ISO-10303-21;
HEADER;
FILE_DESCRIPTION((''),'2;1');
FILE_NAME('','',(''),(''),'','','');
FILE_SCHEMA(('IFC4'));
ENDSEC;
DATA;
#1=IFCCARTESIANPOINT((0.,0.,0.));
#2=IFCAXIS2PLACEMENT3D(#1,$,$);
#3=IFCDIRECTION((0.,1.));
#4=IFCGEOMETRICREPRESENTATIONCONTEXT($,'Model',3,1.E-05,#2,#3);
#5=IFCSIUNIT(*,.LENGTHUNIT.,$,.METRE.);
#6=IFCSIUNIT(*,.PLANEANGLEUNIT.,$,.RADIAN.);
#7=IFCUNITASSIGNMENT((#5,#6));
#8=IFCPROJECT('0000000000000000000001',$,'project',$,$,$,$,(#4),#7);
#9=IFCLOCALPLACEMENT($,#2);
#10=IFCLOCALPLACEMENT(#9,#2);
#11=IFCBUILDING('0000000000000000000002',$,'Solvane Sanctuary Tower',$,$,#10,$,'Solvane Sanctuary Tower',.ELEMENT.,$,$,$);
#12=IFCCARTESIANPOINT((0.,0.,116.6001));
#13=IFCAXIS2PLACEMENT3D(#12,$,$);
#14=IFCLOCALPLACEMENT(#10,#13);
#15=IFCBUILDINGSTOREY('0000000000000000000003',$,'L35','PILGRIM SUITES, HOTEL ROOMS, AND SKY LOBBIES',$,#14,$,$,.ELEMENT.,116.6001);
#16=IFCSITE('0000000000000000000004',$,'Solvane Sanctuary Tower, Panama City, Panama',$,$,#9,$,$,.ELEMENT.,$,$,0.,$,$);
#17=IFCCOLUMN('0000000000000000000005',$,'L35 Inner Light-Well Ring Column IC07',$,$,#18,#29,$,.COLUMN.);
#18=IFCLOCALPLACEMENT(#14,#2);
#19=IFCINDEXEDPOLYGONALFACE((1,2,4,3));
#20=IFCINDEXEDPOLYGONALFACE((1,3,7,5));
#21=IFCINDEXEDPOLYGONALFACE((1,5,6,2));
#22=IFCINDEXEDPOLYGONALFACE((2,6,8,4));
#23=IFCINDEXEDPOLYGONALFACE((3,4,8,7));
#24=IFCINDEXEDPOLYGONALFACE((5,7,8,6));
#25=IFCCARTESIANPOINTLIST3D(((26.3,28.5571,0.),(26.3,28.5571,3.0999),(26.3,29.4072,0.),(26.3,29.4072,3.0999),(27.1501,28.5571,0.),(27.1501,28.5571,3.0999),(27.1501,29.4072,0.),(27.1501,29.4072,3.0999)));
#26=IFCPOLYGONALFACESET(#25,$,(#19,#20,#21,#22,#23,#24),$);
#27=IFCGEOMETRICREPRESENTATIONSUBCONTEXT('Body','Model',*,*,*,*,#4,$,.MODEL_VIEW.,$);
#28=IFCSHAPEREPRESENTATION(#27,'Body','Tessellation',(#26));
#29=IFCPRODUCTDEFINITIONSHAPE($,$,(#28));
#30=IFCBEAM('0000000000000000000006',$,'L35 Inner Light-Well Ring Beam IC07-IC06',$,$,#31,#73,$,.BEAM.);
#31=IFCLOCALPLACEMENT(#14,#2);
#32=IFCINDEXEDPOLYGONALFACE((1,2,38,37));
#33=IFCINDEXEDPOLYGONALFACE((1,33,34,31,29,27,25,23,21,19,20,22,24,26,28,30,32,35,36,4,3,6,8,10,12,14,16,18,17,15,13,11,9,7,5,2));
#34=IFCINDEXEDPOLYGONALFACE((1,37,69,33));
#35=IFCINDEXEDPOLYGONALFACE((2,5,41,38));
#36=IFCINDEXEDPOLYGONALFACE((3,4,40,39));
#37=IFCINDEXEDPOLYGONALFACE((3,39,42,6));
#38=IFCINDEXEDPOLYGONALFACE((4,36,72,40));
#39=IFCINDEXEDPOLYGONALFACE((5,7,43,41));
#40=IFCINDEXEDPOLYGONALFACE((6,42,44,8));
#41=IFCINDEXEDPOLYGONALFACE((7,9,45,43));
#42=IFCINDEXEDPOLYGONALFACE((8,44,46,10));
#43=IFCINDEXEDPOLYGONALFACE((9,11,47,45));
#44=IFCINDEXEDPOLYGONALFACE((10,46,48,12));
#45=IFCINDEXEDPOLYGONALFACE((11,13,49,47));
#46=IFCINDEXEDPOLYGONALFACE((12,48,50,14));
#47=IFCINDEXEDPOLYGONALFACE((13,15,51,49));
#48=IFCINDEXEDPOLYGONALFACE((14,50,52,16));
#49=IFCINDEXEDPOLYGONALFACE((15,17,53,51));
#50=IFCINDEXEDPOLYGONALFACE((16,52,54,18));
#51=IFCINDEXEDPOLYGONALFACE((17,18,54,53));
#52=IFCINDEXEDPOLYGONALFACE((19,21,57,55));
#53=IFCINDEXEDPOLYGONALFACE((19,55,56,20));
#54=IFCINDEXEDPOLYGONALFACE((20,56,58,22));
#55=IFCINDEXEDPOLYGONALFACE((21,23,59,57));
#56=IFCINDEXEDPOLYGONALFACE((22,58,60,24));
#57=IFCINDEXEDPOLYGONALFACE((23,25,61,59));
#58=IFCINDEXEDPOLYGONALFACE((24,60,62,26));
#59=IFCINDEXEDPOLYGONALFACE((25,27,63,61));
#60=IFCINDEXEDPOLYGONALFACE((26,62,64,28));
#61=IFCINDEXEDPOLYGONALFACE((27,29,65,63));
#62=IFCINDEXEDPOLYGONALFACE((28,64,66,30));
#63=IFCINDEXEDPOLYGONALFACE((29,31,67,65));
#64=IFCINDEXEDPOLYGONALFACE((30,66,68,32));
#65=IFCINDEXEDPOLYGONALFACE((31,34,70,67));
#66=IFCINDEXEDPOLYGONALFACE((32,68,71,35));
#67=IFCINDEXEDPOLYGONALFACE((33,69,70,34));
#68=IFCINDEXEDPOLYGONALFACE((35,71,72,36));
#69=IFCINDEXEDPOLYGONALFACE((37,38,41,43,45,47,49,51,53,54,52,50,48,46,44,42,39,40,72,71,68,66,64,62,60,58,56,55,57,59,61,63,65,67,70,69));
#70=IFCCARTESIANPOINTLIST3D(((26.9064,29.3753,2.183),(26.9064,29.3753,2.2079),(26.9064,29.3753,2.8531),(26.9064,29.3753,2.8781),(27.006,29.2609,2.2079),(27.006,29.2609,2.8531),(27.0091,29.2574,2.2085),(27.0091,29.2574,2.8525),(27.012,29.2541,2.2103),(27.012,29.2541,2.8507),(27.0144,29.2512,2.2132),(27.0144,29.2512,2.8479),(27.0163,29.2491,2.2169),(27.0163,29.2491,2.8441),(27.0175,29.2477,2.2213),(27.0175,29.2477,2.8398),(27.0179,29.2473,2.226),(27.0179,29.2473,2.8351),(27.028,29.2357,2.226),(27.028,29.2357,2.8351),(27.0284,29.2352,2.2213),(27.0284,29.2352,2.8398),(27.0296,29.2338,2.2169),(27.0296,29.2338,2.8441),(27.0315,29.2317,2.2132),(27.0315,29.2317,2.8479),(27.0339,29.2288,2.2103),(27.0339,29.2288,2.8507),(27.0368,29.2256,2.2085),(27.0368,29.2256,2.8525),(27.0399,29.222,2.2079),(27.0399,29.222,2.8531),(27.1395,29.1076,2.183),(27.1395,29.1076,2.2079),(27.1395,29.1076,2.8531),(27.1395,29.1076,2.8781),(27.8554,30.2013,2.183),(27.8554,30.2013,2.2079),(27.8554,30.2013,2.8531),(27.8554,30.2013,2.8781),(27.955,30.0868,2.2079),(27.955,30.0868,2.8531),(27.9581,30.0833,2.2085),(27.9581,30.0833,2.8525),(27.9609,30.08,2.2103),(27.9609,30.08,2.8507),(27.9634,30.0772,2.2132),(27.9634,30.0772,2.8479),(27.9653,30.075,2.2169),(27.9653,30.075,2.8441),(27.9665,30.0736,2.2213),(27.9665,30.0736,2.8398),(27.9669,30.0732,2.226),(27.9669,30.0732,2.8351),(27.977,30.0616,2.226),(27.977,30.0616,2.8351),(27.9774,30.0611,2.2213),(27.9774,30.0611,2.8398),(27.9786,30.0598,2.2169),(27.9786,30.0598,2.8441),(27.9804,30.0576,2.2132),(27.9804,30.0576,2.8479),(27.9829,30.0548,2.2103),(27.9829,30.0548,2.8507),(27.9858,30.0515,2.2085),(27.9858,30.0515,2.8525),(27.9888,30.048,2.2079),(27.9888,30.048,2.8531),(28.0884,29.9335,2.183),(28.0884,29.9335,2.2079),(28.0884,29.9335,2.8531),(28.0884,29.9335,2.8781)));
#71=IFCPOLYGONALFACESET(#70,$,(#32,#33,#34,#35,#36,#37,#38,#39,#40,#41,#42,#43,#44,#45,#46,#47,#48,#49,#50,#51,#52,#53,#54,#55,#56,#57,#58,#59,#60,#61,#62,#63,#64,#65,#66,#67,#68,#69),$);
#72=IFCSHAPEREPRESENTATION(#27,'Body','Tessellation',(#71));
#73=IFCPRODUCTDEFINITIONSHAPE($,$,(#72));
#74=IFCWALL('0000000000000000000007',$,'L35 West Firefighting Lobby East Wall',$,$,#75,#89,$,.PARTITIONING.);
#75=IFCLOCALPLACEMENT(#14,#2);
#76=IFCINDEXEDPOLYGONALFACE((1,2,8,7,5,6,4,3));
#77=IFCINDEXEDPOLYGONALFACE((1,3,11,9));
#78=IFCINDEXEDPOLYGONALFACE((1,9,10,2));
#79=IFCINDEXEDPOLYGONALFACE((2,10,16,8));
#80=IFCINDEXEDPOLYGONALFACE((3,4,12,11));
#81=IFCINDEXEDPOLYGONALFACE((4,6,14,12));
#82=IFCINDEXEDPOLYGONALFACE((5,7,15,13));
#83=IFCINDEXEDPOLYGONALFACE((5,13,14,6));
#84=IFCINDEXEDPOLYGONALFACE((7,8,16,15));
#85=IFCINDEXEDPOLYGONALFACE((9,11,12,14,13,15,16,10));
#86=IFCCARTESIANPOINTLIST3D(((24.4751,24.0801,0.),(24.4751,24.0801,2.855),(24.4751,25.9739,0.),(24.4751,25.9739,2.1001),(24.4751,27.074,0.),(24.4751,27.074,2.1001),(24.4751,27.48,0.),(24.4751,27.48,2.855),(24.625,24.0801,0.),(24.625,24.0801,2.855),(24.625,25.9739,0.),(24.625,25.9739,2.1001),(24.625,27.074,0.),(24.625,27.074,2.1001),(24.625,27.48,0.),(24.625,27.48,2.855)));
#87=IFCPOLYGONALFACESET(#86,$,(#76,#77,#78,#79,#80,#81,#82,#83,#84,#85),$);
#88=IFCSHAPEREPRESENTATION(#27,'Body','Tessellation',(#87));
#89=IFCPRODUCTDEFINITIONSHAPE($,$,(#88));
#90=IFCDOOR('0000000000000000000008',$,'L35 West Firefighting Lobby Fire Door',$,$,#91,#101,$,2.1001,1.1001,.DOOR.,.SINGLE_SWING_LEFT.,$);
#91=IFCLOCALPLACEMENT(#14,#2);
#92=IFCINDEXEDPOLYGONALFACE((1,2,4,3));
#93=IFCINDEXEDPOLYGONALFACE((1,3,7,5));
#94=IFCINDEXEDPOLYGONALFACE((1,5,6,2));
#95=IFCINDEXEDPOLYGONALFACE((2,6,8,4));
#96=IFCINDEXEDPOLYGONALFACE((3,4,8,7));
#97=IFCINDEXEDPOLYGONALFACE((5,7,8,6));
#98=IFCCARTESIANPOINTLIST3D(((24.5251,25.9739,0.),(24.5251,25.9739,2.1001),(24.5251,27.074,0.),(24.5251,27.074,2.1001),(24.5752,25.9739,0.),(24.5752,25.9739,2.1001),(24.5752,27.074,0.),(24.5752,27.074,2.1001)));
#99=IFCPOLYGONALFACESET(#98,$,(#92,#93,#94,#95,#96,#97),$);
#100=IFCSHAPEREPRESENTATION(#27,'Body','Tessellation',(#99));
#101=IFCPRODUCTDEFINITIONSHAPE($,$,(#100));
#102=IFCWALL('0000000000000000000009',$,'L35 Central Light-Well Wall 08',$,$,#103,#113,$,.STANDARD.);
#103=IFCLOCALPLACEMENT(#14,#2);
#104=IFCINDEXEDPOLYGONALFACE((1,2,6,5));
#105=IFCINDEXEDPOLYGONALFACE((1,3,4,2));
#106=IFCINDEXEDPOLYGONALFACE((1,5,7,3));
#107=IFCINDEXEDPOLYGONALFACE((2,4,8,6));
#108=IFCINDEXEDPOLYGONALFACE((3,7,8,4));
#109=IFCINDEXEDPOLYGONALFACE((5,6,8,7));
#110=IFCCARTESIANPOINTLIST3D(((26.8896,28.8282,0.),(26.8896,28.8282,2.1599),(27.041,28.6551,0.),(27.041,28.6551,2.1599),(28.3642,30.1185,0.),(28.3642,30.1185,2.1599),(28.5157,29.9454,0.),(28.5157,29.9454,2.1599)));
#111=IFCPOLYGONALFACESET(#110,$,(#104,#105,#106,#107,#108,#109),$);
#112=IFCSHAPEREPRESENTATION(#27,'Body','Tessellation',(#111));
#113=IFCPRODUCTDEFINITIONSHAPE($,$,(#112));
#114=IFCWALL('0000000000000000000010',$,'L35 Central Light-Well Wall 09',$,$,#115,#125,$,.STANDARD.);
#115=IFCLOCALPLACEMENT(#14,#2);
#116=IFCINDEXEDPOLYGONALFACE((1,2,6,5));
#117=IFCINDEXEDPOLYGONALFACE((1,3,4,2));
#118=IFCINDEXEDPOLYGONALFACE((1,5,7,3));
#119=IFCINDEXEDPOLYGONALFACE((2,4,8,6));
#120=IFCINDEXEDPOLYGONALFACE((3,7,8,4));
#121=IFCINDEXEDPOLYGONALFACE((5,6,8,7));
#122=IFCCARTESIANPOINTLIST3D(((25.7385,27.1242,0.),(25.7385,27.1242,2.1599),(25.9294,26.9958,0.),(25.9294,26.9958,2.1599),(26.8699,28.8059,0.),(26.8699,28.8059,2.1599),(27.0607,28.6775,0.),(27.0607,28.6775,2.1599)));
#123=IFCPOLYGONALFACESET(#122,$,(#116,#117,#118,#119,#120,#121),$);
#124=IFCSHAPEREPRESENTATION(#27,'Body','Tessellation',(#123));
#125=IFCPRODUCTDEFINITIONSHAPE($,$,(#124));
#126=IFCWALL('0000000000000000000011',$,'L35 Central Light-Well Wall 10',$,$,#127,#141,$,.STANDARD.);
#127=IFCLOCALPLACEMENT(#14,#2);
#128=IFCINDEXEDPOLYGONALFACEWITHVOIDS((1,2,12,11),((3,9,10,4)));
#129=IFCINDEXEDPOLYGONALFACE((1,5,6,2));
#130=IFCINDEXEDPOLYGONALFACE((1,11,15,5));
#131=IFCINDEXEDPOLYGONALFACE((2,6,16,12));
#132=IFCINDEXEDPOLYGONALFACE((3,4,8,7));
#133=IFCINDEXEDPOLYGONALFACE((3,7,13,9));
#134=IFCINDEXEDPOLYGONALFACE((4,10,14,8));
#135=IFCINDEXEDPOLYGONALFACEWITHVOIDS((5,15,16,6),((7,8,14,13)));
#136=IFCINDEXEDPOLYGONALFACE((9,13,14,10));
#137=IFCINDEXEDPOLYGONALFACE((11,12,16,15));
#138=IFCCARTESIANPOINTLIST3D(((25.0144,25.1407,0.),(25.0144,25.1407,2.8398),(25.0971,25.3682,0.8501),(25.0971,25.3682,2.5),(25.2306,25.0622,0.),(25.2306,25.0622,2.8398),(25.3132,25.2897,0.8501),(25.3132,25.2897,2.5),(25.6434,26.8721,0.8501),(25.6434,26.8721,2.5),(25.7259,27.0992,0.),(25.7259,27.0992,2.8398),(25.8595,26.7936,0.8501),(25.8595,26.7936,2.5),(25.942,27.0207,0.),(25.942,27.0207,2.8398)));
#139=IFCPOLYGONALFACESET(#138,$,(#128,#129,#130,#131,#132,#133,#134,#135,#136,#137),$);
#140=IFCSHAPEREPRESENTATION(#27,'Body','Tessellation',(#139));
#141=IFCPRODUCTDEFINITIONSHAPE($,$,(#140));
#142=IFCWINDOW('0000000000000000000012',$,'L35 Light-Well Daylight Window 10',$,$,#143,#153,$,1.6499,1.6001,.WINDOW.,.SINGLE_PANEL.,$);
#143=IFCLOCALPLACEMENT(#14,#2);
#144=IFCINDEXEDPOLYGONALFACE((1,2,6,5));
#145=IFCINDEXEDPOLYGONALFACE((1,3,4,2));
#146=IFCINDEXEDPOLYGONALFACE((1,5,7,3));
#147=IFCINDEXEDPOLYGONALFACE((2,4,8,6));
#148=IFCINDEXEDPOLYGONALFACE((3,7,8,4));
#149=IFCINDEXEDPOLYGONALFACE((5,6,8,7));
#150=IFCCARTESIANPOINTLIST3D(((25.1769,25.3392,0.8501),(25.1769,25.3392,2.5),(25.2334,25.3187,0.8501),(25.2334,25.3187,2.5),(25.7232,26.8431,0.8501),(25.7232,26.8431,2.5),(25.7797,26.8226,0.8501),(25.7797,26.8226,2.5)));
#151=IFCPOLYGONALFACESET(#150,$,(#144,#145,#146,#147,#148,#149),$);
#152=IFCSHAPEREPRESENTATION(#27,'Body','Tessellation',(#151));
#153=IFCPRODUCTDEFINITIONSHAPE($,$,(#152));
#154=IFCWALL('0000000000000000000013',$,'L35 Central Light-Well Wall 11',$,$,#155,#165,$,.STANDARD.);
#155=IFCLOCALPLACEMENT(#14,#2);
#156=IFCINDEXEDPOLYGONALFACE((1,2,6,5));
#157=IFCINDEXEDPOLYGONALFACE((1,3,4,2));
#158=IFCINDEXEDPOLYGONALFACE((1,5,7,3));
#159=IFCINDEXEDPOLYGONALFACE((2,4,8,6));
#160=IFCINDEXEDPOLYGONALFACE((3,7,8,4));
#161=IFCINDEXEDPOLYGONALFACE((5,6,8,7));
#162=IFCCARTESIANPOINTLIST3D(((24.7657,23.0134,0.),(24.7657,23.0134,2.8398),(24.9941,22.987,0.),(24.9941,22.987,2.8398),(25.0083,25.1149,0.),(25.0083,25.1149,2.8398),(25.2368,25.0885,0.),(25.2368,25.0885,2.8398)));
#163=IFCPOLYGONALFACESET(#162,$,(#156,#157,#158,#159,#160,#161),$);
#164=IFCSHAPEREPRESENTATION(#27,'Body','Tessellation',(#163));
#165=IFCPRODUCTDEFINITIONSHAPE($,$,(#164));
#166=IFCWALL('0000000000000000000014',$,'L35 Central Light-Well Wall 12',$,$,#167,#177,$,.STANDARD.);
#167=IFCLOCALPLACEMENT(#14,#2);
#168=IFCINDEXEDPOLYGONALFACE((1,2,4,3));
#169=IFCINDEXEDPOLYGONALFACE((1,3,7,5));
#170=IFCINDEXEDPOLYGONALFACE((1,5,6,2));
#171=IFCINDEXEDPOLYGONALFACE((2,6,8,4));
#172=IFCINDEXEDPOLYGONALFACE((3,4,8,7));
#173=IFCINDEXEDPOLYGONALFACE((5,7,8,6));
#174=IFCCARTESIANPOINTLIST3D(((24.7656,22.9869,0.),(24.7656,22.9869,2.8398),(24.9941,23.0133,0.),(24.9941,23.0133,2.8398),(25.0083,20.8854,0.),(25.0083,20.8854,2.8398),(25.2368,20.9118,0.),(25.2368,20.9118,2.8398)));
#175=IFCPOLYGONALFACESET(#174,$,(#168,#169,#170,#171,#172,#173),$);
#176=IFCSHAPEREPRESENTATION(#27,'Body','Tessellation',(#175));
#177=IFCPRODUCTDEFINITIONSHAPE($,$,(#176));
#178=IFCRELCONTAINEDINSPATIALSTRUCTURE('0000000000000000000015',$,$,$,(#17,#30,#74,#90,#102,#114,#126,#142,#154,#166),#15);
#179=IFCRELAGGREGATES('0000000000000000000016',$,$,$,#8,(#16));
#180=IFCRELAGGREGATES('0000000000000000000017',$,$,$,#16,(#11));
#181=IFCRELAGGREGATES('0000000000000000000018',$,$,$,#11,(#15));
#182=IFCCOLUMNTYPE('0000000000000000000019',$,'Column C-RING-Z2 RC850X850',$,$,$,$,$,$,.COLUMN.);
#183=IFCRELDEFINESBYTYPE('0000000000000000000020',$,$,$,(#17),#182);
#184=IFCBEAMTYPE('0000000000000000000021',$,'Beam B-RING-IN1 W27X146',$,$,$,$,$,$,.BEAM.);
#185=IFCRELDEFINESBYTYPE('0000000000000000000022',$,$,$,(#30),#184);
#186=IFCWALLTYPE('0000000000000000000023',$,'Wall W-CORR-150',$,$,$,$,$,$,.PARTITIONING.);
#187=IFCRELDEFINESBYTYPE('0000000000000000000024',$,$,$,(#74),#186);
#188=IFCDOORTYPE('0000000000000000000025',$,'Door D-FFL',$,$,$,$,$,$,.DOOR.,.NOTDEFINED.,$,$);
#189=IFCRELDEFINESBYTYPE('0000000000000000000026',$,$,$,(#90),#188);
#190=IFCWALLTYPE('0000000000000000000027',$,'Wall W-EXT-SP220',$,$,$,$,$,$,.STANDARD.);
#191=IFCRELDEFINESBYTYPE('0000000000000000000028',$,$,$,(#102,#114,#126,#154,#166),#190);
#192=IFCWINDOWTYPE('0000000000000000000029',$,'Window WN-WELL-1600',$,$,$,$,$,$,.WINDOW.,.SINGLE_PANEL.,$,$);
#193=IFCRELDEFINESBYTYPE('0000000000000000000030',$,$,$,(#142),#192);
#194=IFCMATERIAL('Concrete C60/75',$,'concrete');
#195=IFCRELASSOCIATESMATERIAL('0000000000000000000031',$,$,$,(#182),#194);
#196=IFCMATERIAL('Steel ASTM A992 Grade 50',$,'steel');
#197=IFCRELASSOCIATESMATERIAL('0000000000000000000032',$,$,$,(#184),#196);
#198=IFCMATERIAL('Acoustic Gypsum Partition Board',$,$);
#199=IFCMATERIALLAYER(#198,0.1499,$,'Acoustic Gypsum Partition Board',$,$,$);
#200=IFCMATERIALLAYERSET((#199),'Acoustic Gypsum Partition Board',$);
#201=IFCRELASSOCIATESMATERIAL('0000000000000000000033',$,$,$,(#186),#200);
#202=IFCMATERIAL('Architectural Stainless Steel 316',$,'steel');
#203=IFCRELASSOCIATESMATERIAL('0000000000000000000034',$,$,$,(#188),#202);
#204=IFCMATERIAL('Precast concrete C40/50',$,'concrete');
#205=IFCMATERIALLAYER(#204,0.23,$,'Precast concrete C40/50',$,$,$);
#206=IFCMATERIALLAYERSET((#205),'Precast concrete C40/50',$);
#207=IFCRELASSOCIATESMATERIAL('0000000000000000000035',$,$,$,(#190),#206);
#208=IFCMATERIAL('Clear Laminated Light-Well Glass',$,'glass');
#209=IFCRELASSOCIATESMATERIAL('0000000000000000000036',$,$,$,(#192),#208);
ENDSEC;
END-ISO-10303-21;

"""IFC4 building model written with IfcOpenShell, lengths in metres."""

from ifc_helpers import new_model, si_unit, direction, frame, frame_2d, origin, origin_2d, place, context, subcontext, project, spatial, rectangle, i_section, extrude, material, layer, layer_set, material_profile, profile_set, type_object, element, fill, save


model = new_model("IFC4")

# Units and contexts
model_context = context("Model", 3, precision=1e-05, world=origin(), true_north=direction((0.0, 1.0)))
body_context = subcontext(model_context, "Body", "Model", "MODEL_VIEW")
ifc_project = project(units=[si_unit("LENGTHUNIT", "METRE"), si_unit("PLANEANGLEUNIT", "RADIAN")], contexts=[model_context])

# Site, building, storey
site_placement = place(None, origin())
site = spatial("IfcSite", under=ifc_project, at=site_placement, Name="Solvane Sanctuary Tower, Panama City, Panama", CompositionType="ELEMENT", RefElevation=0.0)
building_placement = place(site_placement, origin())
building = spatial("IfcBuilding", under=site, at=building_placement, Name="Solvane Sanctuary Tower", LongName="Solvane Sanctuary Tower", CompositionType="ELEMENT")
storey_placement = place(building_placement, frame((0.0, 0.0, 116.6001)))
storey = spatial("IfcBuildingStorey", under=building, at=storey_placement, Name="L35", Description="PILGRIM SUITES, HOTEL ROOMS, AND SKY LOBBIES", CompositionType="ELEMENT", Elevation=116.6001)

# Column
ifc_material_1 = material(Name="Concrete C60/75", Category="concrete")
ifc_material_profile_1 = material_profile(ifc_material_1, rectangle(XDim=0.8501, YDim=0.8501, at=origin_2d()), Name="RC850X850")
ifc_profile_set_1 = profile_set([ifc_material_profile_1], Name="Concrete C60/75")
column_type = type_object("IfcColumnType", Name="Column C-RING-Z2 RC850X850", PredefinedType="COLUMN", material=ifc_profile_set_1)
column_placement = place(storey_placement, frame((26.7251, 28.9822, 0.0), z_axis=(0.0, 0.0, 1.0), x_axis=(1.0, 0.0, 0.0)))
element("IfcColumn", 1, at=column_placement, inside=storey, type_object=column_type, Name="L35 Inner Light-Well Ring Column IC07", PredefinedType="COLUMN", context=body_context, shape_type="SweptSolid", body=[
    extrude(rectangle(XDim=0.8501, YDim=0.8501, at=origin_2d()), origin(), (0.0, 0.0, 1.0), 3.0999),
])

# Beam
ifc_material_2 = material(Name="Steel ASTM A992 Grade 50", Category="steel")
ifc_material_profile_2 = material_profile(ifc_material_2, i_section(OverallWidth=0.355, OverallDepth=0.6951, WebThickness=0.0154, FlangeThickness=0.0249, FilletRadius=0.0181, at=origin_2d()), Name="W27X146")
ifc_profile_set_2 = profile_set([ifc_material_profile_2], Name="Steel ASTM A992 Grade 50")
beam_type = type_object("IfcBeamType", Name="Beam B-RING-IN1 W27X146", PredefinedType="BEAM", material=ifc_profile_set_2)
beam_placement = place(storey_placement, frame((27.0229, 29.2415, 2.5305), z_axis=(0.754317, 0.65651, 0.0), x_axis=(-0.65651, 0.754317, 0.0)))
element("IfcBeam", 2, at=beam_placement, inside=storey, type_object=beam_type, Name="L35 Inner Light-Well Ring Beam IC07-IC06", PredefinedType="BEAM", context=body_context, shape_type="SweptSolid", body=[
    extrude(i_section(OverallWidth=0.355, OverallDepth=0.6951, WebThickness=0.0154, FlangeThickness=0.0249, FilletRadius=0.0181, at=origin_2d()), origin(), (0.0, 0.0, 1.0), 1.2581),
])

# Wall, opening, door
ifc_material_3 = material(Name="Acoustic Gypsum Partition Board")
ifc_layer_1 = layer(ifc_material_3, 0.1499, Name="Acoustic Gypsum Partition Board")
ifc_layer_set_1 = layer_set([ifc_layer_1], Name="Acoustic Gypsum Partition Board")
wall_type_1 = type_object("IfcWallType", Name="Wall W-CORR-150", PredefinedType="PARTITIONING", material=ifc_layer_set_1)
wall_1_placement = place(storey_placement, frame((24.55, 24.0801, 0.0), z_axis=(0.0, 0.0, 1.0), x_axis=(0.0, 1.0, 0.0)))
wall_1 = element("IfcWall", 3, at=wall_1_placement, inside=storey, type_object=wall_type_1, Name="L35 West Firefighting Lobby East Wall", PredefinedType="PARTITIONING", context=body_context, shape_type="SweptSolid", body=[
    extrude(rectangle(XDim=3.3999, YDim=0.1499, at=frame_2d((1.7, 0.0))), origin(), (0.0, 0.0, 1.0), 2.855),
])
opening_1_placement = place(wall_1_placement, frame((1.8938, 0.0, 0.0)))
opening_1 = element("IfcOpeningElement", 4, at=opening_1_placement, cuts=wall_1, PredefinedType="OPENING", context=body_context, shape_type="SweptSolid", body=[
    extrude(rectangle(XDim=1.1001, YDim=2.1001, at=frame_2d((0.55, 1.05))), frame((0.0, 0.085, 0.0), z_axis=(0.0, -1.0, 0.0), x_axis=(1.0, 0.0, 0.0)), (0.0, 0.0, 1.0), 0.1699),
])
ifc_material_4 = material(Name="Architectural Stainless Steel 316", Category="steel")
door_type_1 = type_object("IfcDoorType", Name="Door D-FFL", OperationType="NOTDEFINED", PredefinedType="DOOR", material=ifc_material_4)
door_1_placement = place(opening_1_placement, origin())
door_1 = element("IfcDoor", 5, at=door_1_placement, inside=storey, type_object=door_type_1, Name="L35 West Firefighting Lobby Fire Door", OperationType="SINGLE_SWING_LEFT", OverallHeight=2.1001, OverallWidth=1.1001, PredefinedType="DOOR", context=body_context, shape_type="SweptSolid", body=[
    extrude(rectangle(XDim=1.1001, YDim=2.1001, at=frame_2d((0.55, 1.05))), frame((0.0, 0.0249, 0.0), z_axis=(0.0, -1.0, 0.0), x_axis=(1.0, 0.0, 0.0)), (0.0, 0.0, 1.0), 0.05),
])
fill(opening_1, door_1)

# Walls
ifc_material_5 = material(Name="Precast concrete C40/50", Category="concrete")
ifc_layer_2 = layer(ifc_material_5, 0.23, Name="Precast concrete C40/50")
ifc_layer_set_2 = layer_set([ifc_layer_2], Name="Precast concrete C40/50")
wall_type_2 = type_object("IfcWallType", Name="Wall W-EXT-SP220", PredefinedType="STANDARD", material=ifc_layer_set_2)
wall_2_placement = place(storey_placement, frame((28.4399, 30.032, 0.0), z_axis=(0.0, 0.0, 1.0), x_axis=(-0.752577, -0.658505, 0.0)))
element("IfcWall", 6, at=wall_2_placement, inside=storey, type_object=wall_type_2, Name="L35 Central Light-Well Wall 08", PredefinedType="STANDARD", context=body_context, shape_type="SweptSolid", body=[
    extrude(rectangle(XDim=1.9595, YDim=0.23, at=frame_2d((0.9797, 0.0))), origin(), (0.0, 0.0, 1.0), 2.1599),
])
wall_3_placement = place(storey_placement, frame((26.9653, 28.7417, 0.0), z_axis=(0.0, 0.0, 1.0), x_axis=(-0.558198, -0.829708, 0.0)))
element("IfcWall", 7, at=wall_3_placement, inside=storey, type_object=wall_type_2, Name="L35 Central Light-Well Wall 09", PredefinedType="STANDARD", context=body_context, shape_type="SweptSolid", body=[
    extrude(rectangle(XDim=2.0269, YDim=0.23, at=frame_2d((1.0134, 0.0))), origin(), (0.0, 0.0, 1.0), 2.1599),
])

# Wall, opening, window
wall_4_placement = place(storey_placement, frame((25.834, 27.0601, 0.0), z_axis=(0.0, 0.0, 1.0), x_axis=(-0.341423, -0.93991, 0.0)))
wall_4 = element("IfcWall", 8, at=wall_4_placement, inside=storey, type_object=wall_type_2, Name="L35 Central Light-Well Wall 10", PredefinedType="STANDARD", context=body_context, shape_type="SweptSolid", body=[
    extrude(rectangle(XDim=2.0837, YDim=0.23, at=frame_2d((1.042, 0.0))), origin(), (0.0, 0.0, 1.0), 2.8398),
])
opening_2_placement = place(wall_4_placement, frame((0.2417, 0.0, 0.8501)))
opening_2 = element("IfcOpeningElement", 9, at=opening_2_placement, cuts=wall_4, PredefinedType="OPENING", context=body_context, shape_type="SweptSolid", body=[
    extrude(rectangle(XDim=1.6001, YDim=1.6499, at=frame_2d((0.8, 0.825))), frame((0.0, 0.125, 0.0), z_axis=(0.0, -1.0, 0.0), x_axis=(1.0, 0.0, 0.0)), (0.0, 0.0, 1.0), 0.25),
])
ifc_material_6 = material(Name="Clear Laminated Light-Well Glass", Category="glass")
window_type = type_object("IfcWindowType", Name="Window WN-WELL-1600", PartitioningType="SINGLE_PANEL", PredefinedType="WINDOW", material=ifc_material_6)
window_placement = place(opening_2_placement, origin())
window = element("IfcWindow", 10, at=window_placement, inside=storey, type_object=window_type, Name="L35 Light-Well Daylight Window 10", OverallHeight=1.6499, OverallWidth=1.6001, PartitioningType="SINGLE_PANEL", PredefinedType="WINDOW", context=body_context, shape_type="SweptSolid", body=[
    extrude(rectangle(XDim=1.6001, YDim=1.6499, at=frame_2d((0.8, 0.825))), frame((0.0, 0.03, 0.0), z_axis=(0.0, -1.0, 0.0), x_axis=(1.0, 0.0, 0.0)), (0.0, 0.0, 1.0), 0.0601),
])
fill(opening_2, window)

# Walls
for number, where, z_axis, x_axis, name in (
    (11, (25.1226, 25.1016, 0.0), (0.0, 0.0, 1.0), (-0.114712, -0.993399, 0.0), "L35 Central Light-Well Wall 11"),
    (12, (24.8799, 23.0, 0.0), (0.0, 0.0, 1.0), (0.114712, -0.993399, 0.0), "L35 Central Light-Well Wall 12"),
):
    element("IfcWall", number, at=place(storey_placement, frame(where, z_axis=z_axis, x_axis=x_axis)), inside=storey, type_object=wall_type_2, Name=name, PredefinedType="STANDARD", context=body_context, shape_type="SweptSolid", body=[
        extrude(rectangle(XDim=2.1155, YDim=0.23, at=frame_2d((1.0576, 0.0))), origin(), (0.0, 0.0, 1.0), 2.8398),
    ])

save(model, "model.ifc")
